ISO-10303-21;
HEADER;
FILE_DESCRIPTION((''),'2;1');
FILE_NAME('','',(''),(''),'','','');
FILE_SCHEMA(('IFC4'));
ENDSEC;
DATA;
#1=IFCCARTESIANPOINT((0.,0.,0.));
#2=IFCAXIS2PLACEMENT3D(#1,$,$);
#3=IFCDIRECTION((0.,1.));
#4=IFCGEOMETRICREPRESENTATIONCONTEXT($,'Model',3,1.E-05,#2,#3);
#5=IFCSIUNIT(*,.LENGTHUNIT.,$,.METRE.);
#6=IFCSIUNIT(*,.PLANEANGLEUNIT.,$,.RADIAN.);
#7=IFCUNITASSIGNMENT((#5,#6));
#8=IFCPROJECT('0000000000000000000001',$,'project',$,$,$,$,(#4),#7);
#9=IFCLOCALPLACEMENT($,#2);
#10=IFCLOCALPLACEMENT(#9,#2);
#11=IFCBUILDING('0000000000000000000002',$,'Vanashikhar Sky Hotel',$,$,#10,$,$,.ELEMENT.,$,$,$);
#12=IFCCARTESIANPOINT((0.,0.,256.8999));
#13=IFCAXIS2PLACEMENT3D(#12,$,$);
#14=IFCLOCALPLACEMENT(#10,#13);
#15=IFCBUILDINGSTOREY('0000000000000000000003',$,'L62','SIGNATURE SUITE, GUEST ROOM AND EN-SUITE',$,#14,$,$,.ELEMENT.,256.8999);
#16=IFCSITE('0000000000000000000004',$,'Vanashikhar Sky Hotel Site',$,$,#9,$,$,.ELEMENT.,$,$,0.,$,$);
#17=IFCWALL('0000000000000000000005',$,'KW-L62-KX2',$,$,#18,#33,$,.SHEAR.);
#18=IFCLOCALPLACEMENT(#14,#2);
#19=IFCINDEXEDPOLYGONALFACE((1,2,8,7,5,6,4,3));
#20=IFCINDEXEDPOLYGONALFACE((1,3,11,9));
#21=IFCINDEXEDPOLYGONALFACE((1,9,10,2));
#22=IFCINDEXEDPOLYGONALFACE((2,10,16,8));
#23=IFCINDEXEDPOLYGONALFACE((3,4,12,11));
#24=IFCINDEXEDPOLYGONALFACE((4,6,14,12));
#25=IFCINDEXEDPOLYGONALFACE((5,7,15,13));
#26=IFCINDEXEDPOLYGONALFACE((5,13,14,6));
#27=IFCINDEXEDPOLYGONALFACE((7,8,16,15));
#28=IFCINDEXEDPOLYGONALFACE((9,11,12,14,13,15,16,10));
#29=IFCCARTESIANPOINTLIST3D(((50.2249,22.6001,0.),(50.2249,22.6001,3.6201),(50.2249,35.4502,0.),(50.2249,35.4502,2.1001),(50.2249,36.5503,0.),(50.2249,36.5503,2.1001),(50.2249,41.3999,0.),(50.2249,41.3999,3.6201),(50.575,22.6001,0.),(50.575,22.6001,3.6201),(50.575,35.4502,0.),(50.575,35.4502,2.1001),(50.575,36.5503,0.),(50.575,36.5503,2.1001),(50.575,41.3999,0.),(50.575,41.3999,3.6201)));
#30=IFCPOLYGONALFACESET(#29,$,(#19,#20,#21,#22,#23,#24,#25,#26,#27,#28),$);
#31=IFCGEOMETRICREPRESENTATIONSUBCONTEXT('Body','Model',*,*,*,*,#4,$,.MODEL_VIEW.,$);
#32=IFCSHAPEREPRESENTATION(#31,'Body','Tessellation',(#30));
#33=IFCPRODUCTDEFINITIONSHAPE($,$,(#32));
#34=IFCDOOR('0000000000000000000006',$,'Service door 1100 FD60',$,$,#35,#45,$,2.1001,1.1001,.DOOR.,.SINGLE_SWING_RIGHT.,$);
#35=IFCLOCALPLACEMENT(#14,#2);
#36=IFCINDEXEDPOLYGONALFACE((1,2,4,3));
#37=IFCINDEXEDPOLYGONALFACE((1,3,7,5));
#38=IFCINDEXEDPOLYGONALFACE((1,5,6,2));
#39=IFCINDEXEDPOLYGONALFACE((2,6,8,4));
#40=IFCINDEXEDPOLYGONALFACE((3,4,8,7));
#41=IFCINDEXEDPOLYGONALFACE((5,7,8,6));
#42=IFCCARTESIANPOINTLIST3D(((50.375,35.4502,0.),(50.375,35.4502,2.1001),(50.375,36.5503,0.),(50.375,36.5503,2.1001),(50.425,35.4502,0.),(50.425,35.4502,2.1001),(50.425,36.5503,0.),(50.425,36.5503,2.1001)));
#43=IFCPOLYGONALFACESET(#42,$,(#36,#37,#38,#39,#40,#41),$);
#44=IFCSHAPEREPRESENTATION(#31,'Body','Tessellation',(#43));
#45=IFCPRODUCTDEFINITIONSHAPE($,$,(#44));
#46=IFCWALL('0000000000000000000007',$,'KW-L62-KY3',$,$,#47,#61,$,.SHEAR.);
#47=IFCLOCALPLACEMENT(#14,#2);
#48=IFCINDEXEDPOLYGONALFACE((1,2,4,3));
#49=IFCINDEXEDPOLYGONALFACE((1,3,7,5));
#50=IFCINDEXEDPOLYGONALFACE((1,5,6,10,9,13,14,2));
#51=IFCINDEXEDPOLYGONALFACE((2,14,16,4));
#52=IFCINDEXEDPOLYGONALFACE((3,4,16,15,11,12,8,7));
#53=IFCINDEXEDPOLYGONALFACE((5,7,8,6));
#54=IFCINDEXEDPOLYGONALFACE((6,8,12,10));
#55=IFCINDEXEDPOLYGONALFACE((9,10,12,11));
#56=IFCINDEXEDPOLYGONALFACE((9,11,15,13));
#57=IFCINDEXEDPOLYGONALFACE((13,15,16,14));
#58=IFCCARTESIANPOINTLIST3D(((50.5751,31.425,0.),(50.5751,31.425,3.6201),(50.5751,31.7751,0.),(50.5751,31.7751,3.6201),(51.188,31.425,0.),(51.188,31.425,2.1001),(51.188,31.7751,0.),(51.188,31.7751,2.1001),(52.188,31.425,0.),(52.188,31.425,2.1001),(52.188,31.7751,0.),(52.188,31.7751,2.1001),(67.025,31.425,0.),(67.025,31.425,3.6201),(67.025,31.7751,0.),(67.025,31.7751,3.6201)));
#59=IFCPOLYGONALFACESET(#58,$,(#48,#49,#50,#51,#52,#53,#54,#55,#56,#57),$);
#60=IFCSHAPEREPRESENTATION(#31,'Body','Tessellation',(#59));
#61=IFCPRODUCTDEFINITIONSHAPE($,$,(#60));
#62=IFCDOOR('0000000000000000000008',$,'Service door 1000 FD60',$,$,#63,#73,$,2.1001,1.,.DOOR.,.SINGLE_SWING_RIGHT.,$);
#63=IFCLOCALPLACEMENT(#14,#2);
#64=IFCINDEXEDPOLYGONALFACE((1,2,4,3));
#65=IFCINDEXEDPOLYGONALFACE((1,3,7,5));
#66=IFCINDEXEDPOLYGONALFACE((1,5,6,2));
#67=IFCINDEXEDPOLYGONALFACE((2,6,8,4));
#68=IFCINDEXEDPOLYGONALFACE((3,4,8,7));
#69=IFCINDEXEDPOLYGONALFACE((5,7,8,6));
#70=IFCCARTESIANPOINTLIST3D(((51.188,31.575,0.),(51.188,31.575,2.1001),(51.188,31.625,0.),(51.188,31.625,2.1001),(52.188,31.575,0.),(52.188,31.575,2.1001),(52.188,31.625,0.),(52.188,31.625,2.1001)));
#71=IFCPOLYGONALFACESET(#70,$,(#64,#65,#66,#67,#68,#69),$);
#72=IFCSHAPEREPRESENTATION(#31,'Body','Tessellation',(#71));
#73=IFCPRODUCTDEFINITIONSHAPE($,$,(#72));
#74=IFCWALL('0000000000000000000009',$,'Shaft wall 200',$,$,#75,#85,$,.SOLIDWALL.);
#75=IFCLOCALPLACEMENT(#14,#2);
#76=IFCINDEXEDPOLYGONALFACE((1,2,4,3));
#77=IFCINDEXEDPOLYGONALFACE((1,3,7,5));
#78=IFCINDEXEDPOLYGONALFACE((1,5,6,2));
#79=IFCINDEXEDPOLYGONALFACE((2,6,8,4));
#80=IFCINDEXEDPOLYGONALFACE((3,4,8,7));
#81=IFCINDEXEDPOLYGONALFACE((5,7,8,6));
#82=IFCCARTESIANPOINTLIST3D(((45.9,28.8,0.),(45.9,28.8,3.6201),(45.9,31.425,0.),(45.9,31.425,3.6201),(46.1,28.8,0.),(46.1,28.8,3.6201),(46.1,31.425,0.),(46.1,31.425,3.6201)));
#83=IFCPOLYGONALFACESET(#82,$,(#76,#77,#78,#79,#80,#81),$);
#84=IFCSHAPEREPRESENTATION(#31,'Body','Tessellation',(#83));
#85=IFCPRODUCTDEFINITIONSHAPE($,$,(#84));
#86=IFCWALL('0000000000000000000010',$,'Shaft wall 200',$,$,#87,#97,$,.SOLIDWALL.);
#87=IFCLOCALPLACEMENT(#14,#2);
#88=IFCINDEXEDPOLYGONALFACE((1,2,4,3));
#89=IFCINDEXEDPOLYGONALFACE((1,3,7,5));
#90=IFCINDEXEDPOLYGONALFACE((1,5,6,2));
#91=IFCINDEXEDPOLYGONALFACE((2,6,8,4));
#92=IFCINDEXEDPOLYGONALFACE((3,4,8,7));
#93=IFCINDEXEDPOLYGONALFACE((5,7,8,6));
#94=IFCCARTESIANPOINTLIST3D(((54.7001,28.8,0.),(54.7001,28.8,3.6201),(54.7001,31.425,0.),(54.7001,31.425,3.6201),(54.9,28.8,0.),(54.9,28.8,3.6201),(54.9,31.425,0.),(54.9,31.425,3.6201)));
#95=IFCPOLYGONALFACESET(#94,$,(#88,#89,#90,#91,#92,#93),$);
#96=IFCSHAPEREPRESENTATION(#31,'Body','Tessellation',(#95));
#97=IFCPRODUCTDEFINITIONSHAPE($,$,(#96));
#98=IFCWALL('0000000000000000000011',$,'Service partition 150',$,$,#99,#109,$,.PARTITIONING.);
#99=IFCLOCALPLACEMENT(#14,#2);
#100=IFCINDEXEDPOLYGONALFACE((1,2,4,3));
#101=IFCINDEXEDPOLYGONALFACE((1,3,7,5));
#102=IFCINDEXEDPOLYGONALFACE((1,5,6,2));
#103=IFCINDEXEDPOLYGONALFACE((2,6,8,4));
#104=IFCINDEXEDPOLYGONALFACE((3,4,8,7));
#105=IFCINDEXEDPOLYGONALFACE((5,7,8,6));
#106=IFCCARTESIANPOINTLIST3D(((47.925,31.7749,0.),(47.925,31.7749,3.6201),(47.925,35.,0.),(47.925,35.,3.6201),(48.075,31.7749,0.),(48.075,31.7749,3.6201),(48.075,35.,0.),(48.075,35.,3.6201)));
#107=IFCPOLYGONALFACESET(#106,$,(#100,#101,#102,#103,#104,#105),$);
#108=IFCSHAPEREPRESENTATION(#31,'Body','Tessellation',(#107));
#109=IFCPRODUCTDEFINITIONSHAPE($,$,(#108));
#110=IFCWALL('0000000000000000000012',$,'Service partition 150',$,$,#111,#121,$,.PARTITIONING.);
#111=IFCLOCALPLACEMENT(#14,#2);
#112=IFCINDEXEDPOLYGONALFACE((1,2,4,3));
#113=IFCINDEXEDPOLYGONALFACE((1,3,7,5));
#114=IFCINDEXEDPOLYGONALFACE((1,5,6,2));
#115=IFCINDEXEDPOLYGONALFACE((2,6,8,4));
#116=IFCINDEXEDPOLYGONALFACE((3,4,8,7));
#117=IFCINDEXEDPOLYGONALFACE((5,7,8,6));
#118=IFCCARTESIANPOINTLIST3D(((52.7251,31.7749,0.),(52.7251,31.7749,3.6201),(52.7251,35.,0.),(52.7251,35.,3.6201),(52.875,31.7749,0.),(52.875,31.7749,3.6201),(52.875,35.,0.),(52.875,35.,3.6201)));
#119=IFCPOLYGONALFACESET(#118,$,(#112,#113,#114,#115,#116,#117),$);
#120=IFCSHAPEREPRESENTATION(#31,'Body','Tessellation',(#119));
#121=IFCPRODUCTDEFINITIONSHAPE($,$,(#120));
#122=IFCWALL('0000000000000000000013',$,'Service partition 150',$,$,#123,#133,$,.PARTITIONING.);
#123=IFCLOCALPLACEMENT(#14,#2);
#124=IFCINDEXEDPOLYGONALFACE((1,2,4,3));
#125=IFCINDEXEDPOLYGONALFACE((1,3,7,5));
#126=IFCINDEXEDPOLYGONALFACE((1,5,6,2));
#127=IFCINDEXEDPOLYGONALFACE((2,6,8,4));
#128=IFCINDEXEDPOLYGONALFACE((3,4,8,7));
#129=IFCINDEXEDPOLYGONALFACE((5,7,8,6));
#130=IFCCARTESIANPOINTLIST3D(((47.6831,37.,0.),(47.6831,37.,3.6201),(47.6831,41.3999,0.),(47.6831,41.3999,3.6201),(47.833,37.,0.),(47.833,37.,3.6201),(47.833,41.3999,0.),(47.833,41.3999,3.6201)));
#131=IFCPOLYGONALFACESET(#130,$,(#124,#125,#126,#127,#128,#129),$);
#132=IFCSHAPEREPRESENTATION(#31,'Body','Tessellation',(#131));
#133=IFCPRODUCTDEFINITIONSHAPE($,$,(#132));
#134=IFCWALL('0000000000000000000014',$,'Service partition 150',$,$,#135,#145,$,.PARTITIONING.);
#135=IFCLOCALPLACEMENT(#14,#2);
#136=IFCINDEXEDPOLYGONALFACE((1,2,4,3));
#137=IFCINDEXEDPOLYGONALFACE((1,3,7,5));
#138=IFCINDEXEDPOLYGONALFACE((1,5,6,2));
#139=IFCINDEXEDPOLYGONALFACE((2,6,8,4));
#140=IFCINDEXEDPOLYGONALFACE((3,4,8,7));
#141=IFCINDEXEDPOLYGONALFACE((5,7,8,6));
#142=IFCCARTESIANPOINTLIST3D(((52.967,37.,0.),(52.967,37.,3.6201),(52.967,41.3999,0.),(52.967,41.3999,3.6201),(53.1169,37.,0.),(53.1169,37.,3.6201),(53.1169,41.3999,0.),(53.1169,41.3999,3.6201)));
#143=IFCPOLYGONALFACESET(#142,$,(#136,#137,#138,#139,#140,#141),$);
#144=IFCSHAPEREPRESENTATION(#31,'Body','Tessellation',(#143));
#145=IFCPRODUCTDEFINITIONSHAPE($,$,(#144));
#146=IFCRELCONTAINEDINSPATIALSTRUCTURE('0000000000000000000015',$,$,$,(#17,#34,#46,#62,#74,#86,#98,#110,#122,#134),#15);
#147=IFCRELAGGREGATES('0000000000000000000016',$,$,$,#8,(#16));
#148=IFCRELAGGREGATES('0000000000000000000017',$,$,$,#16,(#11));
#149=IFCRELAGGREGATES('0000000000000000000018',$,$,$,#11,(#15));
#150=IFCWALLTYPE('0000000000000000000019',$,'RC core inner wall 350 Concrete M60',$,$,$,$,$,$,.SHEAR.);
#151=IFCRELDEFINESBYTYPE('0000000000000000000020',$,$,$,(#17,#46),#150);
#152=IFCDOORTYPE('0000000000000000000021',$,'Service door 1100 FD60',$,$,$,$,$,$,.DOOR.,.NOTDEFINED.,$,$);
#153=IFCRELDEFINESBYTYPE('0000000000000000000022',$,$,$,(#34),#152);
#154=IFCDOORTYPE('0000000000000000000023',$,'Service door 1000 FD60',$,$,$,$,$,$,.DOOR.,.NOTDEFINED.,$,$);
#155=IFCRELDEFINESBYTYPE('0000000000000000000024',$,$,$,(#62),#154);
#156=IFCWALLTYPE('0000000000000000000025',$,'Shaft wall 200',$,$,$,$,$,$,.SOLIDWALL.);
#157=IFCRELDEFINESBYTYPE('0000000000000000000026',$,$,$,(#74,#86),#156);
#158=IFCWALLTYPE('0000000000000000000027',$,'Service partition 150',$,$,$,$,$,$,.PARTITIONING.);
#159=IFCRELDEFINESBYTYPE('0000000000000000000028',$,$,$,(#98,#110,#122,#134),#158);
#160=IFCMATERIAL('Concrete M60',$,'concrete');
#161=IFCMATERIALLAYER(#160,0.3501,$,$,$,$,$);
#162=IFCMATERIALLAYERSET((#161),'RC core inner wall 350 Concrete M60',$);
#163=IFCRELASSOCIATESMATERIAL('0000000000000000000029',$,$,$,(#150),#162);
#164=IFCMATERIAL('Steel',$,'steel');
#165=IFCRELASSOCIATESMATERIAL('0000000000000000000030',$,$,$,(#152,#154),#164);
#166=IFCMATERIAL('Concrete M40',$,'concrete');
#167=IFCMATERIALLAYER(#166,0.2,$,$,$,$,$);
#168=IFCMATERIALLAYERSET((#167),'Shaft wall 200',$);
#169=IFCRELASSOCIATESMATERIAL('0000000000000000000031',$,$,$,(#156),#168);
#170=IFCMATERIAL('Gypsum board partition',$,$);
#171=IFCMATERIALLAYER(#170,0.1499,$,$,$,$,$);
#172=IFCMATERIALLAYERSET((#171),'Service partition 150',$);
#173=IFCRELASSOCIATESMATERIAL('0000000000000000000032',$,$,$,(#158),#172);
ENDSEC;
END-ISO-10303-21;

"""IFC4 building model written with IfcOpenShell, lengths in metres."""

from ifc_helpers import new_model, si_unit, direction, frame, frame_2d, origin, place, context, subcontext, project, spatial, rectangle, extrude, source, transform, mapped, material, layer, layer_set, type_object, element, fill, save


model = new_model("IFC4")

# Units and contexts
model_context = context("Model", 3, precision=1e-05, world=origin(), true_north=direction((0.0, 1.0)))
body_context = subcontext(model_context, "Body", "Model", "MODEL_VIEW")
ifc_project = project(units=[si_unit("LENGTHUNIT", "METRE"), si_unit("PLANEANGLEUNIT", "RADIAN")], contexts=[model_context])

# Site, building, storey
site_placement = place(None, origin())
site = spatial("IfcSite", under=ifc_project, at=site_placement, Name="Vanashikhar Sky Hotel Site", CompositionType="ELEMENT", RefElevation=0.0)
building_placement = place(site_placement, origin())
building = spatial("IfcBuilding", under=site, at=building_placement, Name="Vanashikhar Sky Hotel", CompositionType="ELEMENT")
storey_placement = place(building_placement, frame((0.0, 0.0, 256.8999)))
storey = spatial("IfcBuildingStorey", under=building, at=storey_placement, Name="L62", Description="SIGNATURE SUITE, GUEST ROOM AND EN-SUITE", CompositionType="ELEMENT", Elevation=256.8999)

# Walls, openings, doors
ifc_material_1 = material(Name="Concrete M60", Category="concrete")
ifc_layer_1 = layer(ifc_material_1, 0.3501)
ifc_layer_set_1 = layer_set([ifc_layer_1], Name="RC core inner wall 350 Concrete M60")
wall_type_1 = type_object("IfcWallType", Name="RC core inner wall 350 Concrete M60", PredefinedType="SHEAR", material=ifc_layer_set_1)
shared_shape_1 = source(origin(), body_context, "Body", "SweptSolid", [
    extrude(rectangle(XDim=18.7998, YDim=0.3501, at=frame_2d((9.3999, 0.0))), origin(), (0.0, 0.0, 1.0), 3.6201),
])
wall_1_placement = place(storey_placement, frame((50.3999, 22.6001, 0.0), z_axis=(0.0, 0.0, 1.0), x_axis=(0.0, 1.0, 0.0)))
wall_1 = element("IfcWall", 1, at=wall_1_placement, inside=storey, type_object=wall_type_1, Name="KW-L62-KX2", PredefinedType="SHEAR", context=body_context, shape_type="MappedRepresentation", body=[
    mapped(shared_shape_1, transform((0.0, 0.0, 0.0), scale=1.0)),
])
shared_shape_2 = source(origin(), body_context, "Body", "SweptSolid", [
    extrude(rectangle(XDim=1.1001, YDim=2.1001, at=frame_2d((0.55, 1.05))), frame((0.0, 0.1851, 0.0), z_axis=(0.0, -1.0, 0.0), x_axis=(1.0, 0.0, 0.0)), (0.0, 0.0, 1.0), 0.3701),
])
opening_1_placement = place(wall_1_placement, frame((12.8501, 0.0, 0.0)))
opening_1 = element("IfcOpeningElement", 2, at=opening_1_placement, cuts=wall_1, PredefinedType="OPENING", context=body_context, shape_type="MappedRepresentation", body=[
    mapped(shared_shape_2, transform((0.0, 0.0, 0.0), scale=1.0)),
])
ifc_material_2 = material(Name="Steel", Category="steel")
door_type_1 = type_object("IfcDoorType", Name="Service door 1100 FD60", OperationType="NOTDEFINED", PredefinedType="DOOR", material=ifc_material_2)
shared_shape_3 = source(origin(), body_context, "Body", "SweptSolid", [
    extrude(rectangle(XDim=1.1001, YDim=2.1001, at=frame_2d((0.55, 1.05))), frame((0.0, 0.0249, 0.0), z_axis=(0.0, -1.0, 0.0), x_axis=(1.0, 0.0, 0.0)), (0.0, 0.0, 1.0), 0.05),
])
door_1_placement = place(opening_1_placement, origin())
door_1 = element("IfcDoor", 3, at=door_1_placement, inside=storey, type_object=door_type_1, Name="Service door 1100 FD60", OperationType="SINGLE_SWING_RIGHT", OverallHeight=2.1001, OverallWidth=1.1001, PredefinedType="DOOR", context=body_context, shape_type="MappedRepresentation", body=[
    mapped(shared_shape_3, transform((0.0, 0.0, 0.0), scale=1.0)),
])
fill(opening_1, door_1)
shared_shape_4 = source(origin(), body_context, "Body", "SweptSolid", [
    extrude(rectangle(XDim=16.45, YDim=0.3501, at=frame_2d((8.2251, 0.0))), origin(), (0.0, 0.0, 1.0), 3.6201),
])
wall_2_placement = place(storey_placement, frame((50.575, 31.6001, 0.0), z_axis=(0.0, 0.0, 1.0), x_axis=(1.0, 0.0, 0.0)))
wall_2 = element("IfcWall", 4, at=wall_2_placement, inside=storey, type_object=wall_type_1, Name="KW-L62-KY3", PredefinedType="SHEAR", context=body_context, shape_type="MappedRepresentation", body=[
    mapped(shared_shape_4, transform((0.0, 0.0, 0.0), scale=1.0)),
])
shared_shape_5 = source(origin(), body_context, "Body", "SweptSolid", [
    extrude(rectangle(XDim=1.0, YDim=2.1001, at=frame_2d((0.5, 1.05))), frame((0.0, 0.1851, 0.0), z_axis=(0.0, -1.0, 0.0), x_axis=(1.0, 0.0, 0.0)), (0.0, 0.0, 1.0), 0.3701),
])
opening_2_placement = place(wall_2_placement, frame((0.613, 0.0, 0.0)))
opening_2 = element("IfcOpeningElement", 5, at=opening_2_placement, cuts=wall_2, PredefinedType="OPENING", context=body_context, shape_type="MappedRepresentation", body=[
    mapped(shared_shape_5, transform((0.0, 0.0, 0.0), scale=1.0)),
])
door_type_2 = type_object("IfcDoorType", Name="Service door 1000 FD60", OperationType="NOTDEFINED", PredefinedType="DOOR", material=ifc_material_2)
shared_shape_6 = source(origin(), body_context, "Body", "SweptSolid", [
    extrude(rectangle(XDim=1.0, YDim=2.1001, at=frame_2d((0.5, 1.05))), frame((0.0, 0.0249, 0.0), z_axis=(0.0, -1.0, 0.0), x_axis=(1.0, 0.0, 0.0)), (0.0, 0.0, 1.0), 0.05),
])
door_2_placement = place(opening_2_placement, origin())
door_2 = element("IfcDoor", 6, at=door_2_placement, inside=storey, type_object=door_type_2, Name="Service door 1000 FD60", OperationType="SINGLE_SWING_RIGHT", OverallHeight=2.1001, OverallWidth=1.0, PredefinedType="DOOR", context=body_context, shape_type="MappedRepresentation", body=[
    mapped(shared_shape_6, transform((0.0, 0.0, 0.0), scale=1.0)),
])
fill(opening_2, door_2)

# Walls
ifc_material_3 = material(Name="Concrete M40", Category="concrete")
ifc_layer_2 = layer(ifc_material_3, 0.2)
ifc_layer_set_2 = layer_set([ifc_layer_2], Name="Shaft wall 200")
wall_type_2 = type_object("IfcWallType", Name="Shaft wall 200", PredefinedType="SOLIDWALL", material=ifc_layer_set_2)
shared_shape_7 = source(origin(), body_context, "Body", "SweptSolid", [
    extrude(rectangle(XDim=2.625, YDim=0.2, at=frame_2d((1.3125, 0.0))), origin(), (0.0, 0.0, 1.0), 3.6201),
])
for number, where, z_axis, x_axis, name in (
    (7, (46.0, 28.8, 0.0), (0.0, 0.0, 1.0), (0.0, 1.0, 0.0), "Shaft wall 200"),
    (8, (54.8, 28.8, 0.0), (0.0, 0.0, 1.0), (0.0, 1.0, 0.0), "Shaft wall 200"),
):
    element("IfcWall", number, at=place(storey_placement, frame(where, z_axis=z_axis, x_axis=x_axis)), inside=storey, type_object=wall_type_2, Name=name, PredefinedType="SOLIDWALL", context=body_context, shape_type="MappedRepresentation", body=[
        mapped(shared_shape_7, transform((0.0, 0.0, 0.0), scale=1.0)),
    ])
ifc_material_4 = material(Name="Gypsum board partition")
ifc_layer_3 = layer(ifc_material_4, 0.1499)
ifc_layer_set_3 = layer_set([ifc_layer_3], Name="Service partition 150")
wall_type_3 = type_object("IfcWallType", Name="Service partition 150", PredefinedType="PARTITIONING", material=ifc_layer_set_3)
shared_shape_8 = source(origin(), body_context, "Body", "SweptSolid", [
    extrude(rectangle(XDim=3.2251, YDim=0.1499, at=frame_2d((1.6125, 0.0))), origin(), (0.0, 0.0, 1.0), 3.6201),
])
for number, where, z_axis, x_axis, name in (
    (9, (48.0, 31.7749, 0.0), (0.0, 0.0, 1.0), (0.0, 1.0, 0.0), "Service partition 150"),
    (10, (52.8, 31.7749, 0.0), (0.0, 0.0, 1.0), (0.0, 1.0, 0.0), "Service partition 150"),
):
    element("IfcWall", number, at=place(storey_placement, frame(where, z_axis=z_axis, x_axis=x_axis)), inside=storey, type_object=wall_type_3, Name=name, PredefinedType="PARTITIONING", context=body_context, shape_type="MappedRepresentation", body=[
        mapped(shared_shape_8, transform((0.0, 0.0, 0.0), scale=1.0)),
    ])
shared_shape_9 = source(origin(), body_context, "Body", "SweptSolid", [
    extrude(rectangle(XDim=4.3999, YDim=0.1499, at=frame_2d((2.2, 0.0))), origin(), (0.0, 0.0, 1.0), 3.6201),
])
for number, where, z_axis, x_axis, name in (
    (11, (47.7581, 37.0, 0.0), (0.0, 0.0, 1.0), (0.0, 1.0, 0.0), "Service partition 150"),
    (12, (53.042, 37.0, 0.0), (0.0, 0.0, 1.0), (0.0, 1.0, 0.0), "Service partition 150"),
):
    element("IfcWall", number, at=place(storey_placement, frame(where, z_axis=z_axis, x_axis=x_axis)), inside=storey, type_object=wall_type_3, Name=name, PredefinedType="PARTITIONING", context=body_context, shape_type="MappedRepresentation", body=[
        mapped(shared_shape_9, transform((0.0, 0.0, 0.0), scale=1.0)),
    ])

save(model, "model.ifc")
